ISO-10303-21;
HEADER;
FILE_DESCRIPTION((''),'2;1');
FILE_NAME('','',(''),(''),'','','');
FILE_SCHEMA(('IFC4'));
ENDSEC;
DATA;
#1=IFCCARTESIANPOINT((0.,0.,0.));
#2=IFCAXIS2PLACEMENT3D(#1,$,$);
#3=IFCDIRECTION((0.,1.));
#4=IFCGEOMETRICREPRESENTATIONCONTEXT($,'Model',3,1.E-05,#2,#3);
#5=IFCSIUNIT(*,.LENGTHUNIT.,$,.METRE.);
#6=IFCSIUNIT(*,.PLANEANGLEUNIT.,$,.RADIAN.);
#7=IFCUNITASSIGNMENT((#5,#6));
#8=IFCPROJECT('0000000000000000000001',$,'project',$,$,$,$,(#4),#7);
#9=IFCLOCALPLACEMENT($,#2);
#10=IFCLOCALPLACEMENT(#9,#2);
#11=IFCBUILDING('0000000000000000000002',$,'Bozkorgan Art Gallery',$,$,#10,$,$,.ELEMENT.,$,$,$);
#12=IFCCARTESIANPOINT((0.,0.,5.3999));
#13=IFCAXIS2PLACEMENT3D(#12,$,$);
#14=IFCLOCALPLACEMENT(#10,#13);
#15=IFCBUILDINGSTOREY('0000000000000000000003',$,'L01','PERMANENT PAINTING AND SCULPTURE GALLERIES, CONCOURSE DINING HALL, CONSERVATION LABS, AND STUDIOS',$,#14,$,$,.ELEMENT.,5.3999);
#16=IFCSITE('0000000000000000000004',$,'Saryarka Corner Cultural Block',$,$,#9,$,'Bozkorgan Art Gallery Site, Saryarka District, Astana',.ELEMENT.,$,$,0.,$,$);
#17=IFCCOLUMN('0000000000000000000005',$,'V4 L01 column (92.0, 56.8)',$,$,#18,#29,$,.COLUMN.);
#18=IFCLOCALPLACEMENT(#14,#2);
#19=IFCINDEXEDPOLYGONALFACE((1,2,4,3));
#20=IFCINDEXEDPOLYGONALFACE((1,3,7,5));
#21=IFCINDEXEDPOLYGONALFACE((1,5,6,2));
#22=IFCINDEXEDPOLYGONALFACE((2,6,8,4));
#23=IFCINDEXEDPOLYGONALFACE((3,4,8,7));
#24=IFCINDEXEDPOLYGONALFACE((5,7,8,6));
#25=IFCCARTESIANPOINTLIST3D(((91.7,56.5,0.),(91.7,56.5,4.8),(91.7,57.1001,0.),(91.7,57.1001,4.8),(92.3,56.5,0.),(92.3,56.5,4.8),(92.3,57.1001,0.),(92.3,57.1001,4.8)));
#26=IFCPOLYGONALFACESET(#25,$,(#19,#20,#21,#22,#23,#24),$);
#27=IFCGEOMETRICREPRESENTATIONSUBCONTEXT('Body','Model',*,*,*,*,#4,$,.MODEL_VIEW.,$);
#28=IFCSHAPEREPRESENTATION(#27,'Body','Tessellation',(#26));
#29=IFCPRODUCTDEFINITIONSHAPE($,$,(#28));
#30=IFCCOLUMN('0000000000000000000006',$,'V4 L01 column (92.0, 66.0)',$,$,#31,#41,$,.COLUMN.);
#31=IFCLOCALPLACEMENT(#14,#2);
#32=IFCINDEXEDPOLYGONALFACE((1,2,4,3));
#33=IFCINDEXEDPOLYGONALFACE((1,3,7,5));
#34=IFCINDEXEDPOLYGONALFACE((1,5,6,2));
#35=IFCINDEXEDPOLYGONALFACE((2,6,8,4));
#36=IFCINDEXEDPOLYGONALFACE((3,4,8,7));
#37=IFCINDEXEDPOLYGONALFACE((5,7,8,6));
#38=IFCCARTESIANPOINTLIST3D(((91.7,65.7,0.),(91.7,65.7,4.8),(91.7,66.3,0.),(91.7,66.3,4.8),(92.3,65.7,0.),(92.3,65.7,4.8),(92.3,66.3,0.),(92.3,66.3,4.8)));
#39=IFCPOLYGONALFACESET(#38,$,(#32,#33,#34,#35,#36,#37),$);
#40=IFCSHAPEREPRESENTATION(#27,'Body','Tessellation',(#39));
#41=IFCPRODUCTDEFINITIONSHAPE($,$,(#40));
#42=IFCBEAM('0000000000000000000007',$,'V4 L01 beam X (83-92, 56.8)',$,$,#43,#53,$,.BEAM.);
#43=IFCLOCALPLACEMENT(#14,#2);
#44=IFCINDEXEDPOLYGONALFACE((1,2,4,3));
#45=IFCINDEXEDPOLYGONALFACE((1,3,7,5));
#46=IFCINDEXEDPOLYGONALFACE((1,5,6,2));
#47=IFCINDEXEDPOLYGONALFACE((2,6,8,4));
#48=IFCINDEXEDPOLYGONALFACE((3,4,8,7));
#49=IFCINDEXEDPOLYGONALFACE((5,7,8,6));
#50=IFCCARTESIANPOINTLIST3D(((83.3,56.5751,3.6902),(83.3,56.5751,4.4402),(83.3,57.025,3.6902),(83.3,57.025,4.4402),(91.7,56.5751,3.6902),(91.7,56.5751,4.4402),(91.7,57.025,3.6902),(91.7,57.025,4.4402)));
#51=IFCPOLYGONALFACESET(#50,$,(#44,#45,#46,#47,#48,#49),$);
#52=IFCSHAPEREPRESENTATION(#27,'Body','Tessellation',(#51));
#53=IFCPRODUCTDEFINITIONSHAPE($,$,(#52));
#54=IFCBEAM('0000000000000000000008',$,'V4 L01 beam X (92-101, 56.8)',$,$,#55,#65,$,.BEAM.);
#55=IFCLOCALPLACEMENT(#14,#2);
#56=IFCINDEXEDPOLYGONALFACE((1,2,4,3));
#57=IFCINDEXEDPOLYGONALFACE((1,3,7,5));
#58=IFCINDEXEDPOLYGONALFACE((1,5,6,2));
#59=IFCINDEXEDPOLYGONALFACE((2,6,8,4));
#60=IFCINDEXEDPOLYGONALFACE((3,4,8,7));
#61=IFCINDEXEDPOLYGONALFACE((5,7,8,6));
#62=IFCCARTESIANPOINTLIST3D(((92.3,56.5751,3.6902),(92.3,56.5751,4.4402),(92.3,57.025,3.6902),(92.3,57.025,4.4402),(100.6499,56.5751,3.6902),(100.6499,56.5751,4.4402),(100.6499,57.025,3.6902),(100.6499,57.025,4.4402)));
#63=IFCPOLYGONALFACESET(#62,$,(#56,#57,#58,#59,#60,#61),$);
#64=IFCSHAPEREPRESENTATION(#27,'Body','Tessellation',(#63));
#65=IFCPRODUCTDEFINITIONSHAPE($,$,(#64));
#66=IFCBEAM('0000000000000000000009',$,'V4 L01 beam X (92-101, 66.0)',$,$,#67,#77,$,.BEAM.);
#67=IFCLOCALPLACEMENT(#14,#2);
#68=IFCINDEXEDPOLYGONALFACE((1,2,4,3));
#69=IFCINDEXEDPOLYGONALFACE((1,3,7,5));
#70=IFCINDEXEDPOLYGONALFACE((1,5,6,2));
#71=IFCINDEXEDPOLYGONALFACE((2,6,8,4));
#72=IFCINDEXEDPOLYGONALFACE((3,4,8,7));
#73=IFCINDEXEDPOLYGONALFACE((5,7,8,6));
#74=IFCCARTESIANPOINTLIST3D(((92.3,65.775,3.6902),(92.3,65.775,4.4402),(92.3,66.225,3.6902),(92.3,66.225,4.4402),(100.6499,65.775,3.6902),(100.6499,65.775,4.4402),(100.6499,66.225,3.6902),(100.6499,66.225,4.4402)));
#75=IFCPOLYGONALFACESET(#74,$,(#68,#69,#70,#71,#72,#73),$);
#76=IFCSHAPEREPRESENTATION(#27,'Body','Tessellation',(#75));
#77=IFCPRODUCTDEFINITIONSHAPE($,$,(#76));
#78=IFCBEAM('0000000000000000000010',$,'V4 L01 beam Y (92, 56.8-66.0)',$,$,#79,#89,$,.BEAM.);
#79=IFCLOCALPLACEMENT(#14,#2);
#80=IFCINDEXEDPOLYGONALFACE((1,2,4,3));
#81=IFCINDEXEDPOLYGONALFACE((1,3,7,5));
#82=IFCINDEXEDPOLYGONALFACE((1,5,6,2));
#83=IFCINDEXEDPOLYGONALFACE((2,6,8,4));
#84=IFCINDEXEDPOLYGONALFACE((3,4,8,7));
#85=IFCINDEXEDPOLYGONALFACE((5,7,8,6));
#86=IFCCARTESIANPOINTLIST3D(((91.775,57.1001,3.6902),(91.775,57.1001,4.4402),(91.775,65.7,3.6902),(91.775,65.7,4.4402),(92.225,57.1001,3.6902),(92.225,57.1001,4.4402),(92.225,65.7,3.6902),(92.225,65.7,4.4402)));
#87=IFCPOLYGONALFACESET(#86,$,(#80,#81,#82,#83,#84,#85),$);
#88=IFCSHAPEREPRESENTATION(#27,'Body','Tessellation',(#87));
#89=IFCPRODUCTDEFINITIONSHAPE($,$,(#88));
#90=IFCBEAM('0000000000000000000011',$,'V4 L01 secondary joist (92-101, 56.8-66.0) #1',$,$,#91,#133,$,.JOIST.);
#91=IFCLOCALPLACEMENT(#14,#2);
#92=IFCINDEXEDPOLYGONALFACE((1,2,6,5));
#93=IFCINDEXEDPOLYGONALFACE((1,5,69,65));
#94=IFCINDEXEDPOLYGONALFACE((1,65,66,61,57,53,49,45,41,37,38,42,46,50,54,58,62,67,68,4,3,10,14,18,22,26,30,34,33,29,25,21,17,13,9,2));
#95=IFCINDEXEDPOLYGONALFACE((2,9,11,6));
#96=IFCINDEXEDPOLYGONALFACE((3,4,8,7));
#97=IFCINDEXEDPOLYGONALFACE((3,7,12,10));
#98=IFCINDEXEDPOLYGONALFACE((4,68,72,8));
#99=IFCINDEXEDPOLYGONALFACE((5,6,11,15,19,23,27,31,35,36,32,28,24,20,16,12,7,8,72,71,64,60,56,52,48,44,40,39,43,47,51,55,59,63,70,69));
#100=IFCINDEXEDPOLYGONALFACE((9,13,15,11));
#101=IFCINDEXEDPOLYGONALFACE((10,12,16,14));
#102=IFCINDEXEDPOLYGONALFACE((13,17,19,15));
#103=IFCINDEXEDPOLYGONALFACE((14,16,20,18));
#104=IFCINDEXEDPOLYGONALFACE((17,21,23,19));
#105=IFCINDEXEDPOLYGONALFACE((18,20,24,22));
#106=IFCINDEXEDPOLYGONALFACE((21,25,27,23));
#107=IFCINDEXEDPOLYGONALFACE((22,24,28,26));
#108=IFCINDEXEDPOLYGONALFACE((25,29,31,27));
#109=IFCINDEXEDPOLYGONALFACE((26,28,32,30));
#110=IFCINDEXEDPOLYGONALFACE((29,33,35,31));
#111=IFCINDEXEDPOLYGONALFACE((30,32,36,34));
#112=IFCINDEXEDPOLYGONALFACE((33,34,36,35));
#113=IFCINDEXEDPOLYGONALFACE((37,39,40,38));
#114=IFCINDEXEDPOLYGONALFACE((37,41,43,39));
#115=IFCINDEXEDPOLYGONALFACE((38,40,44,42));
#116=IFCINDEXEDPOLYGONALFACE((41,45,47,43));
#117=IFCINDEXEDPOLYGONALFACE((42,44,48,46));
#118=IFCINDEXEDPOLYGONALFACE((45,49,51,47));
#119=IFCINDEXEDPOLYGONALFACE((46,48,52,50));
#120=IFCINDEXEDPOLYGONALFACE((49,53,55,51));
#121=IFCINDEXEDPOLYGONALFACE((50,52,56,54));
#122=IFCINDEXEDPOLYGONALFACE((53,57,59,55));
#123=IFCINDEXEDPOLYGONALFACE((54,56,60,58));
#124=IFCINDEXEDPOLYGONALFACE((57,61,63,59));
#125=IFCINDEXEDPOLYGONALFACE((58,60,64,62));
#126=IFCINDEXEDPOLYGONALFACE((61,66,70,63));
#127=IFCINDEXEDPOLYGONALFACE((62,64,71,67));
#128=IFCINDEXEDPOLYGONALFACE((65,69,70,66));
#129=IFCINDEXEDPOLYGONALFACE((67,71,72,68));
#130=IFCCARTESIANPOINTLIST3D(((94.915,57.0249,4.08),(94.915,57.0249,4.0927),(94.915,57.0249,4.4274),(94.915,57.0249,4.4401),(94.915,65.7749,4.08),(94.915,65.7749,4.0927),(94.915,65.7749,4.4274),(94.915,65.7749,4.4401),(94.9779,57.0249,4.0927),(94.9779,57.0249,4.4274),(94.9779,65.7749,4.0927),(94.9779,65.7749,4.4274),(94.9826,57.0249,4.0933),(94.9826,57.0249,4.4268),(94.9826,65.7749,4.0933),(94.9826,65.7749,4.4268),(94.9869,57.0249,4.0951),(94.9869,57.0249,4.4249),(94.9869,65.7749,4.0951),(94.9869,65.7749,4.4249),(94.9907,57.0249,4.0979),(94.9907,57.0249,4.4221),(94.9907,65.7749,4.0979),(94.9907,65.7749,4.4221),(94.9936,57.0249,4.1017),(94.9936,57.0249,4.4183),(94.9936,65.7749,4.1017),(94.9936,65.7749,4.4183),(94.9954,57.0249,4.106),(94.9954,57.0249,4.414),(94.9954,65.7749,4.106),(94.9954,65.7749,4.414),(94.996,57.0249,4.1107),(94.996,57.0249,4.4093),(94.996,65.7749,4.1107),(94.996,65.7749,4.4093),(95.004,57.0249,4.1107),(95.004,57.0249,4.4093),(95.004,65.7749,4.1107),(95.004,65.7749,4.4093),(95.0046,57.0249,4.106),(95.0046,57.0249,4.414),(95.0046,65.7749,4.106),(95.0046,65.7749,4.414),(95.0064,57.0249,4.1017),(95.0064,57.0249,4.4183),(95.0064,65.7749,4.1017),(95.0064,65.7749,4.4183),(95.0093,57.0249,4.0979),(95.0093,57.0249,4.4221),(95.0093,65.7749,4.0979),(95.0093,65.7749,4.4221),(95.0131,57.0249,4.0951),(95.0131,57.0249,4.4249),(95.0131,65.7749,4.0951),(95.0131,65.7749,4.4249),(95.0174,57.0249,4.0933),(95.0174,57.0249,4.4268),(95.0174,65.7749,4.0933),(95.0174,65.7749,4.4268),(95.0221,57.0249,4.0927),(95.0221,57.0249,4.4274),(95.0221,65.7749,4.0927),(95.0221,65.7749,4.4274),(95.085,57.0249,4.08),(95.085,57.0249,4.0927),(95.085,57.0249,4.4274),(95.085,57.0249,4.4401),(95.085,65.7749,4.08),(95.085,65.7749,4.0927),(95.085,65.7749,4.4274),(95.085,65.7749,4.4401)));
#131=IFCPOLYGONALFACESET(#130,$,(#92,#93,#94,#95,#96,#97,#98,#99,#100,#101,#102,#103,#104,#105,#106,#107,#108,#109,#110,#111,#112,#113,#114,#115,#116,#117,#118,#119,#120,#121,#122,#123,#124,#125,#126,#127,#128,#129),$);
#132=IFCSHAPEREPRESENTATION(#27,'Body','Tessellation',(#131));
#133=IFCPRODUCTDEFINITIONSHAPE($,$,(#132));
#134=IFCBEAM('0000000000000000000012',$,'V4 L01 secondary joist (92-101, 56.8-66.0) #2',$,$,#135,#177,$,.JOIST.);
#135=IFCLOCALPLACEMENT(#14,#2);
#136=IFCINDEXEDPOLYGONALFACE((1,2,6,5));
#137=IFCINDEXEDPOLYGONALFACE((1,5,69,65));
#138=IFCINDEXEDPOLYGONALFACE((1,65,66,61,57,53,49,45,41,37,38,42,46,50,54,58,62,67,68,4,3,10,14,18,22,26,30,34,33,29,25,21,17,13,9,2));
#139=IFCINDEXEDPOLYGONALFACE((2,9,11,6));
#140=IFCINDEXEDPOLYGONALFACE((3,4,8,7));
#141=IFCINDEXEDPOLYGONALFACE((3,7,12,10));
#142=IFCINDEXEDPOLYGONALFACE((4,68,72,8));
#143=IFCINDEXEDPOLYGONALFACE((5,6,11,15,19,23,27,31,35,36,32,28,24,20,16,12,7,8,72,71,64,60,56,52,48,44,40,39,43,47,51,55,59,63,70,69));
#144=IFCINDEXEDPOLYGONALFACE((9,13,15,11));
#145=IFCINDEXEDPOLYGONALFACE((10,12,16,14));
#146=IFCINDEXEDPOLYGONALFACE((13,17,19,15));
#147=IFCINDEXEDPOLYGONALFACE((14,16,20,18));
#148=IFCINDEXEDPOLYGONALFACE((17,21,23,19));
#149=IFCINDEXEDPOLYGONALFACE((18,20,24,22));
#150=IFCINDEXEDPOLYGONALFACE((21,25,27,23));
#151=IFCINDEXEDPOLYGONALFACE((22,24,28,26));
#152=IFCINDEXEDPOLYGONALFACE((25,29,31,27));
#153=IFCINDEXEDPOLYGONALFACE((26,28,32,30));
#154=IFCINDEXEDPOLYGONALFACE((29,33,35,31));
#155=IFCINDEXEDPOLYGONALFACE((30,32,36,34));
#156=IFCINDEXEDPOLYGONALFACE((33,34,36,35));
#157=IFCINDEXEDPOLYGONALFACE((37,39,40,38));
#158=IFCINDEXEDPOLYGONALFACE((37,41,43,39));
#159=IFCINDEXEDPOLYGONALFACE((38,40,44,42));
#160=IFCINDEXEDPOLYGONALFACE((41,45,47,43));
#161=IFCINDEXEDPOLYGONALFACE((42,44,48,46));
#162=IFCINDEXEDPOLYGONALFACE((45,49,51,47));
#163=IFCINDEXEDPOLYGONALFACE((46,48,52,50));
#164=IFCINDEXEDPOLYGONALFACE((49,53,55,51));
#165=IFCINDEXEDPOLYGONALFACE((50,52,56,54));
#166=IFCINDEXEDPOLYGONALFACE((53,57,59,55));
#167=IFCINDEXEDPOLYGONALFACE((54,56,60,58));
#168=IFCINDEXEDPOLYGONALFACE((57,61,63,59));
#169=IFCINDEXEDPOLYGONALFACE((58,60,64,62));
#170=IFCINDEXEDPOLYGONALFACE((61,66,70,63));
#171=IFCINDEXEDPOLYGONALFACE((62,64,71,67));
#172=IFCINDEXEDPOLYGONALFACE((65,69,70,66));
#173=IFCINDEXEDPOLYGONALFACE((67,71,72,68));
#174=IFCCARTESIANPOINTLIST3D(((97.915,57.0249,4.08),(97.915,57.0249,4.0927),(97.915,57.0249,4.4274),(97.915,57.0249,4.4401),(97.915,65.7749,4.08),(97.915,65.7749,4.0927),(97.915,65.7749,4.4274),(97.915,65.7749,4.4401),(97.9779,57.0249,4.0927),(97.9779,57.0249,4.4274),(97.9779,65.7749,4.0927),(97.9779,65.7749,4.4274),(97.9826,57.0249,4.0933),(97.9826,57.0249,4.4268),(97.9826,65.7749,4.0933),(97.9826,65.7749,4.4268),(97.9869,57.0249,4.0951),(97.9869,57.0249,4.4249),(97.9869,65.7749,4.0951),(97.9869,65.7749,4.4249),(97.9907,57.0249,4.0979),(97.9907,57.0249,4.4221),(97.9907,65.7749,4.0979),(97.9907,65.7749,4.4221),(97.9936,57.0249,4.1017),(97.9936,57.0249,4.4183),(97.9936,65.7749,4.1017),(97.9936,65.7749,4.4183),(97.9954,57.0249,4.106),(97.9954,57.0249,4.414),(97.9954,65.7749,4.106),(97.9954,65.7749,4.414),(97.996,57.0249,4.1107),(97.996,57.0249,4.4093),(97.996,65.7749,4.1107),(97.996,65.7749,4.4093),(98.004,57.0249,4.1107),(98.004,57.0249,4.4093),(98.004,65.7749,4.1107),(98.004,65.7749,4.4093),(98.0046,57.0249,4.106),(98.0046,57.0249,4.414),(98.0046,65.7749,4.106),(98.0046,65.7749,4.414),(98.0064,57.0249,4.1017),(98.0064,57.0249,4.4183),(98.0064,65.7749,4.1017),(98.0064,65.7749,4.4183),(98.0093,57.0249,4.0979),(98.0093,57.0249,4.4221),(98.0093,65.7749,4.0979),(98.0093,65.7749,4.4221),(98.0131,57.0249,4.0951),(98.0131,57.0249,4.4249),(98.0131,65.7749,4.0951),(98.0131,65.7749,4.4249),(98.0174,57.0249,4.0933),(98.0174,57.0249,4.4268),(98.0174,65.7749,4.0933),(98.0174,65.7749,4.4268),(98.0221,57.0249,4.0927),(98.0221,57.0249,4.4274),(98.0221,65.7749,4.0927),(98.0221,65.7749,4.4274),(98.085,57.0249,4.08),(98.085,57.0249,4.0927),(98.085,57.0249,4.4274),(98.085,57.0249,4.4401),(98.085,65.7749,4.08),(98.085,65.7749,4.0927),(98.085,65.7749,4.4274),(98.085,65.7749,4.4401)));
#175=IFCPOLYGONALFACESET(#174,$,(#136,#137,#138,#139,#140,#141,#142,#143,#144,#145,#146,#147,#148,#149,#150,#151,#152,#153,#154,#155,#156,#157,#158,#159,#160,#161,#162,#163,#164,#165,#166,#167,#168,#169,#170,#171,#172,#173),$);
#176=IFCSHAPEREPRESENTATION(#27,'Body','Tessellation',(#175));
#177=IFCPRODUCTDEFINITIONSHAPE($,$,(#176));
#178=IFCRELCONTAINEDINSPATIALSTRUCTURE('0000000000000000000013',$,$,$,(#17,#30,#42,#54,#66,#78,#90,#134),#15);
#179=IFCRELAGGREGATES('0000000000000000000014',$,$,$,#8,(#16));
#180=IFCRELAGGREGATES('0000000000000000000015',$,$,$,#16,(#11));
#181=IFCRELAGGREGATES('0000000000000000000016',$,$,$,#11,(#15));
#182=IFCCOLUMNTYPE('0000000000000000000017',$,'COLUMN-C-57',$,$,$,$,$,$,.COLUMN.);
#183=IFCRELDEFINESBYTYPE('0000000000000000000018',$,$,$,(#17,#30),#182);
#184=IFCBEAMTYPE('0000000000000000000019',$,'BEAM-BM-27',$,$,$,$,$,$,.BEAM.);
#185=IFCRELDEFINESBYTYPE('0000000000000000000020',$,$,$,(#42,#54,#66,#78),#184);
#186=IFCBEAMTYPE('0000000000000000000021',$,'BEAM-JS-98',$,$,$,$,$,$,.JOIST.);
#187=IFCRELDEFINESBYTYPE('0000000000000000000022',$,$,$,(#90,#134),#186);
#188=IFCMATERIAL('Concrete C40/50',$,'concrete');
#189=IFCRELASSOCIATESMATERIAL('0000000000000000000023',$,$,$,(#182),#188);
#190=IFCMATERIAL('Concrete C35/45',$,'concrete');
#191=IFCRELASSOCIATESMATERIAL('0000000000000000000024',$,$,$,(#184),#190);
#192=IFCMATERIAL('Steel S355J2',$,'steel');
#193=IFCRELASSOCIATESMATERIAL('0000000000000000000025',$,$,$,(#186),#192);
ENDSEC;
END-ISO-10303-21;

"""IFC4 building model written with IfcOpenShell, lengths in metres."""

from ifc_helpers import new_model, si_unit, direction, frame, origin, origin_2d, place, context, subcontext, project, spatial, rectangle, i_section, extrude, material, material_profile, profile_set, type_object, element, save


model = new_model("IFC4")

# Units and contexts
model_context = context("Model", 3, precision=1e-05, world=origin(), true_north=direction((0.0, 1.0)))
body_context = subcontext(model_context, "Body", "Model", "MODEL_VIEW")
ifc_project = project(units=[si_unit("LENGTHUNIT", "METRE"), si_unit("PLANEANGLEUNIT", "RADIAN")], contexts=[model_context])

# Site, building, storey
site_placement = place(None, origin())
site = spatial("IfcSite", under=ifc_project, at=site_placement, Name="Saryarka Corner Cultural Block", LongName="Bozkorgan Art Gallery Site, Saryarka District, Astana", CompositionType="ELEMENT", RefElevation=0.0)
building_placement = place(site_placement, origin())
building = spatial("IfcBuilding", under=site, at=building_placement, Name="Bozkorgan Art Gallery", CompositionType="ELEMENT")
storey_placement = place(building_placement, frame((0.0, 0.0, 5.3999)))
storey = spatial("IfcBuildingStorey", under=building, at=storey_placement, Name="L01", Description="PERMANENT PAINTING AND SCULPTURE GALLERIES, CONCOURSE DINING HALL, CONSERVATION LABS, AND STUDIOS", CompositionType="ELEMENT", Elevation=5.3999)

# Columns
ifc_material_1 = material(Name="Concrete C40/50", Category="concrete")
ifc_material_profile_1 = material_profile(ifc_material_1, rectangle(XDim=0.6001, YDim=0.6001, at=origin_2d()), Name="RC 600x600")
ifc_profile_set_1 = profile_set([ifc_material_profile_1], Name="Concrete C40/50")
column_type = type_object("IfcColumnType", Name="COLUMN-C-57", PredefinedType="COLUMN", material=ifc_profile_set_1)
for number, where, z_axis, x_axis, name in (
    (1, (92.0, 56.8, 0.0), (0.0, 0.0, 1.0), (1.0, 0.0, 0.0), "V4 L01 column (92.0, 56.8)"),
    (2, (92.0, 66.0, 0.0), (0.0, 0.0, 1.0), (1.0, 0.0, 0.0), "V4 L01 column (92.0, 66.0)"),
):
    element("IfcColumn", number, at=place(storey_placement, frame(where, z_axis=z_axis, x_axis=x_axis)), inside=storey, type_object=column_type, Name=name, PredefinedType="COLUMN", context=body_context, shape_type="SweptSolid", body=[
        extrude(rectangle(XDim=0.6001, YDim=0.6001, at=origin_2d()), origin(), (0.0, 0.0, 1.0), 4.8),
    ])

# Beams
ifc_material_2 = material(Name="Concrete C35/45", Category="concrete")
ifc_material_profile_2 = material_profile(ifc_material_2, rectangle(XDim=0.45, YDim=0.75, at=origin_2d()), Name="RC 450x750")
ifc_profile_set_2 = profile_set([ifc_material_profile_2], Name="Concrete C35/45")
beam_type_1 = type_object("IfcBeamType", Name="BEAM-BM-27", PredefinedType="BEAM", material=ifc_profile_set_2)
beam_1_placement = place(storey_placement, frame((83.3, 56.8, 4.0652), z_axis=(1.0, 0.0, 0.0), x_axis=(0.0, 1.0, 0.0)))
element("IfcBeam", 3, at=beam_1_placement, inside=storey, type_object=beam_type_1, Name="V4 L01 beam X (83-92, 56.8)", PredefinedType="BEAM", context=body_context, shape_type="SweptSolid", body=[
    extrude(rectangle(XDim=0.45, YDim=0.75, at=origin_2d()), origin(), (0.0, 0.0, 1.0), 8.3999),
])
for number, where, z_axis, x_axis, name in (
    (4, (92.3, 56.8, 4.0652), (1.0, 0.0, 0.0), (0.0, 1.0, 0.0), "V4 L01 beam X (92-101, 56.8)"),
    (5, (92.3, 66.0, 4.0652), (1.0, 0.0, 0.0), (0.0, 1.0, 0.0), "V4 L01 beam X (92-101, 66.0)"),
):
    element("IfcBeam", number, at=place(storey_placement, frame(where, z_axis=z_axis, x_axis=x_axis)), inside=storey, type_object=beam_type_1, Name=name, PredefinedType="BEAM", context=body_context, shape_type="SweptSolid", body=[
        extrude(rectangle(XDim=0.45, YDim=0.75, at=origin_2d()), origin(), (0.0, 0.0, 1.0), 8.3499),
    ])
beam_2_placement = place(storey_placement, frame((92.0, 57.1001, 4.0652), z_axis=(0.0, 1.0, 0.0), x_axis=(-1.0, 0.0, 0.0)))
element("IfcBeam", 6, at=beam_2_placement, inside=storey, type_object=beam_type_1, Name="V4 L01 beam Y (92, 56.8-66.0)", PredefinedType="BEAM", context=body_context, shape_type="SweptSolid", body=[
    extrude(rectangle(XDim=0.45, YDim=0.75, at=origin_2d()), origin(), (0.0, 0.0, 1.0), 8.5999),
])
ifc_material_3 = material(Name="Steel S355J2", Category="steel")
ifc_material_profile_3 = material_profile(ifc_material_3, i_section(OverallWidth=0.1699, OverallDepth=0.3601, WebThickness=0.0081, FlangeThickness=0.0127, FilletRadius=0.0181, at=origin_2d()), Name="IPE 360")
ifc_profile_set_3 = profile_set([ifc_material_profile_3], Name="Steel S355J2")
beam_type_2 = type_object("IfcBeamType", Name="BEAM-JS-98", PredefinedType="JOIST", material=ifc_profile_set_3)
for number, where, z_axis, x_axis, name in (
    (7, (95.0, 57.0249, 4.26), (0.0, 1.0, 0.0), (-1.0, 0.0, 0.0), "V4 L01 secondary joist (92-101, 56.8-66.0) #1"),
    (8, (98.0, 57.0249, 4.26), (0.0, 1.0, 0.0), (-1.0, 0.0, 0.0), "V4 L01 secondary joist (92-101, 56.8-66.0) #2"),
):
    element("IfcBeam", number, at=place(storey_placement, frame(where, z_axis=z_axis, x_axis=x_axis)), inside=storey, type_object=beam_type_2, Name=name, PredefinedType="JOIST", context=body_context, shape_type="SweptSolid", body=[
        extrude(i_section(OverallWidth=0.1699, OverallDepth=0.3601, WebThickness=0.0081, FlangeThickness=0.0127, FilletRadius=0.0181, at=origin_2d()), origin(), (0.0, 0.0, 1.0), 8.75),
    ])

save(model, "model.ifc")
